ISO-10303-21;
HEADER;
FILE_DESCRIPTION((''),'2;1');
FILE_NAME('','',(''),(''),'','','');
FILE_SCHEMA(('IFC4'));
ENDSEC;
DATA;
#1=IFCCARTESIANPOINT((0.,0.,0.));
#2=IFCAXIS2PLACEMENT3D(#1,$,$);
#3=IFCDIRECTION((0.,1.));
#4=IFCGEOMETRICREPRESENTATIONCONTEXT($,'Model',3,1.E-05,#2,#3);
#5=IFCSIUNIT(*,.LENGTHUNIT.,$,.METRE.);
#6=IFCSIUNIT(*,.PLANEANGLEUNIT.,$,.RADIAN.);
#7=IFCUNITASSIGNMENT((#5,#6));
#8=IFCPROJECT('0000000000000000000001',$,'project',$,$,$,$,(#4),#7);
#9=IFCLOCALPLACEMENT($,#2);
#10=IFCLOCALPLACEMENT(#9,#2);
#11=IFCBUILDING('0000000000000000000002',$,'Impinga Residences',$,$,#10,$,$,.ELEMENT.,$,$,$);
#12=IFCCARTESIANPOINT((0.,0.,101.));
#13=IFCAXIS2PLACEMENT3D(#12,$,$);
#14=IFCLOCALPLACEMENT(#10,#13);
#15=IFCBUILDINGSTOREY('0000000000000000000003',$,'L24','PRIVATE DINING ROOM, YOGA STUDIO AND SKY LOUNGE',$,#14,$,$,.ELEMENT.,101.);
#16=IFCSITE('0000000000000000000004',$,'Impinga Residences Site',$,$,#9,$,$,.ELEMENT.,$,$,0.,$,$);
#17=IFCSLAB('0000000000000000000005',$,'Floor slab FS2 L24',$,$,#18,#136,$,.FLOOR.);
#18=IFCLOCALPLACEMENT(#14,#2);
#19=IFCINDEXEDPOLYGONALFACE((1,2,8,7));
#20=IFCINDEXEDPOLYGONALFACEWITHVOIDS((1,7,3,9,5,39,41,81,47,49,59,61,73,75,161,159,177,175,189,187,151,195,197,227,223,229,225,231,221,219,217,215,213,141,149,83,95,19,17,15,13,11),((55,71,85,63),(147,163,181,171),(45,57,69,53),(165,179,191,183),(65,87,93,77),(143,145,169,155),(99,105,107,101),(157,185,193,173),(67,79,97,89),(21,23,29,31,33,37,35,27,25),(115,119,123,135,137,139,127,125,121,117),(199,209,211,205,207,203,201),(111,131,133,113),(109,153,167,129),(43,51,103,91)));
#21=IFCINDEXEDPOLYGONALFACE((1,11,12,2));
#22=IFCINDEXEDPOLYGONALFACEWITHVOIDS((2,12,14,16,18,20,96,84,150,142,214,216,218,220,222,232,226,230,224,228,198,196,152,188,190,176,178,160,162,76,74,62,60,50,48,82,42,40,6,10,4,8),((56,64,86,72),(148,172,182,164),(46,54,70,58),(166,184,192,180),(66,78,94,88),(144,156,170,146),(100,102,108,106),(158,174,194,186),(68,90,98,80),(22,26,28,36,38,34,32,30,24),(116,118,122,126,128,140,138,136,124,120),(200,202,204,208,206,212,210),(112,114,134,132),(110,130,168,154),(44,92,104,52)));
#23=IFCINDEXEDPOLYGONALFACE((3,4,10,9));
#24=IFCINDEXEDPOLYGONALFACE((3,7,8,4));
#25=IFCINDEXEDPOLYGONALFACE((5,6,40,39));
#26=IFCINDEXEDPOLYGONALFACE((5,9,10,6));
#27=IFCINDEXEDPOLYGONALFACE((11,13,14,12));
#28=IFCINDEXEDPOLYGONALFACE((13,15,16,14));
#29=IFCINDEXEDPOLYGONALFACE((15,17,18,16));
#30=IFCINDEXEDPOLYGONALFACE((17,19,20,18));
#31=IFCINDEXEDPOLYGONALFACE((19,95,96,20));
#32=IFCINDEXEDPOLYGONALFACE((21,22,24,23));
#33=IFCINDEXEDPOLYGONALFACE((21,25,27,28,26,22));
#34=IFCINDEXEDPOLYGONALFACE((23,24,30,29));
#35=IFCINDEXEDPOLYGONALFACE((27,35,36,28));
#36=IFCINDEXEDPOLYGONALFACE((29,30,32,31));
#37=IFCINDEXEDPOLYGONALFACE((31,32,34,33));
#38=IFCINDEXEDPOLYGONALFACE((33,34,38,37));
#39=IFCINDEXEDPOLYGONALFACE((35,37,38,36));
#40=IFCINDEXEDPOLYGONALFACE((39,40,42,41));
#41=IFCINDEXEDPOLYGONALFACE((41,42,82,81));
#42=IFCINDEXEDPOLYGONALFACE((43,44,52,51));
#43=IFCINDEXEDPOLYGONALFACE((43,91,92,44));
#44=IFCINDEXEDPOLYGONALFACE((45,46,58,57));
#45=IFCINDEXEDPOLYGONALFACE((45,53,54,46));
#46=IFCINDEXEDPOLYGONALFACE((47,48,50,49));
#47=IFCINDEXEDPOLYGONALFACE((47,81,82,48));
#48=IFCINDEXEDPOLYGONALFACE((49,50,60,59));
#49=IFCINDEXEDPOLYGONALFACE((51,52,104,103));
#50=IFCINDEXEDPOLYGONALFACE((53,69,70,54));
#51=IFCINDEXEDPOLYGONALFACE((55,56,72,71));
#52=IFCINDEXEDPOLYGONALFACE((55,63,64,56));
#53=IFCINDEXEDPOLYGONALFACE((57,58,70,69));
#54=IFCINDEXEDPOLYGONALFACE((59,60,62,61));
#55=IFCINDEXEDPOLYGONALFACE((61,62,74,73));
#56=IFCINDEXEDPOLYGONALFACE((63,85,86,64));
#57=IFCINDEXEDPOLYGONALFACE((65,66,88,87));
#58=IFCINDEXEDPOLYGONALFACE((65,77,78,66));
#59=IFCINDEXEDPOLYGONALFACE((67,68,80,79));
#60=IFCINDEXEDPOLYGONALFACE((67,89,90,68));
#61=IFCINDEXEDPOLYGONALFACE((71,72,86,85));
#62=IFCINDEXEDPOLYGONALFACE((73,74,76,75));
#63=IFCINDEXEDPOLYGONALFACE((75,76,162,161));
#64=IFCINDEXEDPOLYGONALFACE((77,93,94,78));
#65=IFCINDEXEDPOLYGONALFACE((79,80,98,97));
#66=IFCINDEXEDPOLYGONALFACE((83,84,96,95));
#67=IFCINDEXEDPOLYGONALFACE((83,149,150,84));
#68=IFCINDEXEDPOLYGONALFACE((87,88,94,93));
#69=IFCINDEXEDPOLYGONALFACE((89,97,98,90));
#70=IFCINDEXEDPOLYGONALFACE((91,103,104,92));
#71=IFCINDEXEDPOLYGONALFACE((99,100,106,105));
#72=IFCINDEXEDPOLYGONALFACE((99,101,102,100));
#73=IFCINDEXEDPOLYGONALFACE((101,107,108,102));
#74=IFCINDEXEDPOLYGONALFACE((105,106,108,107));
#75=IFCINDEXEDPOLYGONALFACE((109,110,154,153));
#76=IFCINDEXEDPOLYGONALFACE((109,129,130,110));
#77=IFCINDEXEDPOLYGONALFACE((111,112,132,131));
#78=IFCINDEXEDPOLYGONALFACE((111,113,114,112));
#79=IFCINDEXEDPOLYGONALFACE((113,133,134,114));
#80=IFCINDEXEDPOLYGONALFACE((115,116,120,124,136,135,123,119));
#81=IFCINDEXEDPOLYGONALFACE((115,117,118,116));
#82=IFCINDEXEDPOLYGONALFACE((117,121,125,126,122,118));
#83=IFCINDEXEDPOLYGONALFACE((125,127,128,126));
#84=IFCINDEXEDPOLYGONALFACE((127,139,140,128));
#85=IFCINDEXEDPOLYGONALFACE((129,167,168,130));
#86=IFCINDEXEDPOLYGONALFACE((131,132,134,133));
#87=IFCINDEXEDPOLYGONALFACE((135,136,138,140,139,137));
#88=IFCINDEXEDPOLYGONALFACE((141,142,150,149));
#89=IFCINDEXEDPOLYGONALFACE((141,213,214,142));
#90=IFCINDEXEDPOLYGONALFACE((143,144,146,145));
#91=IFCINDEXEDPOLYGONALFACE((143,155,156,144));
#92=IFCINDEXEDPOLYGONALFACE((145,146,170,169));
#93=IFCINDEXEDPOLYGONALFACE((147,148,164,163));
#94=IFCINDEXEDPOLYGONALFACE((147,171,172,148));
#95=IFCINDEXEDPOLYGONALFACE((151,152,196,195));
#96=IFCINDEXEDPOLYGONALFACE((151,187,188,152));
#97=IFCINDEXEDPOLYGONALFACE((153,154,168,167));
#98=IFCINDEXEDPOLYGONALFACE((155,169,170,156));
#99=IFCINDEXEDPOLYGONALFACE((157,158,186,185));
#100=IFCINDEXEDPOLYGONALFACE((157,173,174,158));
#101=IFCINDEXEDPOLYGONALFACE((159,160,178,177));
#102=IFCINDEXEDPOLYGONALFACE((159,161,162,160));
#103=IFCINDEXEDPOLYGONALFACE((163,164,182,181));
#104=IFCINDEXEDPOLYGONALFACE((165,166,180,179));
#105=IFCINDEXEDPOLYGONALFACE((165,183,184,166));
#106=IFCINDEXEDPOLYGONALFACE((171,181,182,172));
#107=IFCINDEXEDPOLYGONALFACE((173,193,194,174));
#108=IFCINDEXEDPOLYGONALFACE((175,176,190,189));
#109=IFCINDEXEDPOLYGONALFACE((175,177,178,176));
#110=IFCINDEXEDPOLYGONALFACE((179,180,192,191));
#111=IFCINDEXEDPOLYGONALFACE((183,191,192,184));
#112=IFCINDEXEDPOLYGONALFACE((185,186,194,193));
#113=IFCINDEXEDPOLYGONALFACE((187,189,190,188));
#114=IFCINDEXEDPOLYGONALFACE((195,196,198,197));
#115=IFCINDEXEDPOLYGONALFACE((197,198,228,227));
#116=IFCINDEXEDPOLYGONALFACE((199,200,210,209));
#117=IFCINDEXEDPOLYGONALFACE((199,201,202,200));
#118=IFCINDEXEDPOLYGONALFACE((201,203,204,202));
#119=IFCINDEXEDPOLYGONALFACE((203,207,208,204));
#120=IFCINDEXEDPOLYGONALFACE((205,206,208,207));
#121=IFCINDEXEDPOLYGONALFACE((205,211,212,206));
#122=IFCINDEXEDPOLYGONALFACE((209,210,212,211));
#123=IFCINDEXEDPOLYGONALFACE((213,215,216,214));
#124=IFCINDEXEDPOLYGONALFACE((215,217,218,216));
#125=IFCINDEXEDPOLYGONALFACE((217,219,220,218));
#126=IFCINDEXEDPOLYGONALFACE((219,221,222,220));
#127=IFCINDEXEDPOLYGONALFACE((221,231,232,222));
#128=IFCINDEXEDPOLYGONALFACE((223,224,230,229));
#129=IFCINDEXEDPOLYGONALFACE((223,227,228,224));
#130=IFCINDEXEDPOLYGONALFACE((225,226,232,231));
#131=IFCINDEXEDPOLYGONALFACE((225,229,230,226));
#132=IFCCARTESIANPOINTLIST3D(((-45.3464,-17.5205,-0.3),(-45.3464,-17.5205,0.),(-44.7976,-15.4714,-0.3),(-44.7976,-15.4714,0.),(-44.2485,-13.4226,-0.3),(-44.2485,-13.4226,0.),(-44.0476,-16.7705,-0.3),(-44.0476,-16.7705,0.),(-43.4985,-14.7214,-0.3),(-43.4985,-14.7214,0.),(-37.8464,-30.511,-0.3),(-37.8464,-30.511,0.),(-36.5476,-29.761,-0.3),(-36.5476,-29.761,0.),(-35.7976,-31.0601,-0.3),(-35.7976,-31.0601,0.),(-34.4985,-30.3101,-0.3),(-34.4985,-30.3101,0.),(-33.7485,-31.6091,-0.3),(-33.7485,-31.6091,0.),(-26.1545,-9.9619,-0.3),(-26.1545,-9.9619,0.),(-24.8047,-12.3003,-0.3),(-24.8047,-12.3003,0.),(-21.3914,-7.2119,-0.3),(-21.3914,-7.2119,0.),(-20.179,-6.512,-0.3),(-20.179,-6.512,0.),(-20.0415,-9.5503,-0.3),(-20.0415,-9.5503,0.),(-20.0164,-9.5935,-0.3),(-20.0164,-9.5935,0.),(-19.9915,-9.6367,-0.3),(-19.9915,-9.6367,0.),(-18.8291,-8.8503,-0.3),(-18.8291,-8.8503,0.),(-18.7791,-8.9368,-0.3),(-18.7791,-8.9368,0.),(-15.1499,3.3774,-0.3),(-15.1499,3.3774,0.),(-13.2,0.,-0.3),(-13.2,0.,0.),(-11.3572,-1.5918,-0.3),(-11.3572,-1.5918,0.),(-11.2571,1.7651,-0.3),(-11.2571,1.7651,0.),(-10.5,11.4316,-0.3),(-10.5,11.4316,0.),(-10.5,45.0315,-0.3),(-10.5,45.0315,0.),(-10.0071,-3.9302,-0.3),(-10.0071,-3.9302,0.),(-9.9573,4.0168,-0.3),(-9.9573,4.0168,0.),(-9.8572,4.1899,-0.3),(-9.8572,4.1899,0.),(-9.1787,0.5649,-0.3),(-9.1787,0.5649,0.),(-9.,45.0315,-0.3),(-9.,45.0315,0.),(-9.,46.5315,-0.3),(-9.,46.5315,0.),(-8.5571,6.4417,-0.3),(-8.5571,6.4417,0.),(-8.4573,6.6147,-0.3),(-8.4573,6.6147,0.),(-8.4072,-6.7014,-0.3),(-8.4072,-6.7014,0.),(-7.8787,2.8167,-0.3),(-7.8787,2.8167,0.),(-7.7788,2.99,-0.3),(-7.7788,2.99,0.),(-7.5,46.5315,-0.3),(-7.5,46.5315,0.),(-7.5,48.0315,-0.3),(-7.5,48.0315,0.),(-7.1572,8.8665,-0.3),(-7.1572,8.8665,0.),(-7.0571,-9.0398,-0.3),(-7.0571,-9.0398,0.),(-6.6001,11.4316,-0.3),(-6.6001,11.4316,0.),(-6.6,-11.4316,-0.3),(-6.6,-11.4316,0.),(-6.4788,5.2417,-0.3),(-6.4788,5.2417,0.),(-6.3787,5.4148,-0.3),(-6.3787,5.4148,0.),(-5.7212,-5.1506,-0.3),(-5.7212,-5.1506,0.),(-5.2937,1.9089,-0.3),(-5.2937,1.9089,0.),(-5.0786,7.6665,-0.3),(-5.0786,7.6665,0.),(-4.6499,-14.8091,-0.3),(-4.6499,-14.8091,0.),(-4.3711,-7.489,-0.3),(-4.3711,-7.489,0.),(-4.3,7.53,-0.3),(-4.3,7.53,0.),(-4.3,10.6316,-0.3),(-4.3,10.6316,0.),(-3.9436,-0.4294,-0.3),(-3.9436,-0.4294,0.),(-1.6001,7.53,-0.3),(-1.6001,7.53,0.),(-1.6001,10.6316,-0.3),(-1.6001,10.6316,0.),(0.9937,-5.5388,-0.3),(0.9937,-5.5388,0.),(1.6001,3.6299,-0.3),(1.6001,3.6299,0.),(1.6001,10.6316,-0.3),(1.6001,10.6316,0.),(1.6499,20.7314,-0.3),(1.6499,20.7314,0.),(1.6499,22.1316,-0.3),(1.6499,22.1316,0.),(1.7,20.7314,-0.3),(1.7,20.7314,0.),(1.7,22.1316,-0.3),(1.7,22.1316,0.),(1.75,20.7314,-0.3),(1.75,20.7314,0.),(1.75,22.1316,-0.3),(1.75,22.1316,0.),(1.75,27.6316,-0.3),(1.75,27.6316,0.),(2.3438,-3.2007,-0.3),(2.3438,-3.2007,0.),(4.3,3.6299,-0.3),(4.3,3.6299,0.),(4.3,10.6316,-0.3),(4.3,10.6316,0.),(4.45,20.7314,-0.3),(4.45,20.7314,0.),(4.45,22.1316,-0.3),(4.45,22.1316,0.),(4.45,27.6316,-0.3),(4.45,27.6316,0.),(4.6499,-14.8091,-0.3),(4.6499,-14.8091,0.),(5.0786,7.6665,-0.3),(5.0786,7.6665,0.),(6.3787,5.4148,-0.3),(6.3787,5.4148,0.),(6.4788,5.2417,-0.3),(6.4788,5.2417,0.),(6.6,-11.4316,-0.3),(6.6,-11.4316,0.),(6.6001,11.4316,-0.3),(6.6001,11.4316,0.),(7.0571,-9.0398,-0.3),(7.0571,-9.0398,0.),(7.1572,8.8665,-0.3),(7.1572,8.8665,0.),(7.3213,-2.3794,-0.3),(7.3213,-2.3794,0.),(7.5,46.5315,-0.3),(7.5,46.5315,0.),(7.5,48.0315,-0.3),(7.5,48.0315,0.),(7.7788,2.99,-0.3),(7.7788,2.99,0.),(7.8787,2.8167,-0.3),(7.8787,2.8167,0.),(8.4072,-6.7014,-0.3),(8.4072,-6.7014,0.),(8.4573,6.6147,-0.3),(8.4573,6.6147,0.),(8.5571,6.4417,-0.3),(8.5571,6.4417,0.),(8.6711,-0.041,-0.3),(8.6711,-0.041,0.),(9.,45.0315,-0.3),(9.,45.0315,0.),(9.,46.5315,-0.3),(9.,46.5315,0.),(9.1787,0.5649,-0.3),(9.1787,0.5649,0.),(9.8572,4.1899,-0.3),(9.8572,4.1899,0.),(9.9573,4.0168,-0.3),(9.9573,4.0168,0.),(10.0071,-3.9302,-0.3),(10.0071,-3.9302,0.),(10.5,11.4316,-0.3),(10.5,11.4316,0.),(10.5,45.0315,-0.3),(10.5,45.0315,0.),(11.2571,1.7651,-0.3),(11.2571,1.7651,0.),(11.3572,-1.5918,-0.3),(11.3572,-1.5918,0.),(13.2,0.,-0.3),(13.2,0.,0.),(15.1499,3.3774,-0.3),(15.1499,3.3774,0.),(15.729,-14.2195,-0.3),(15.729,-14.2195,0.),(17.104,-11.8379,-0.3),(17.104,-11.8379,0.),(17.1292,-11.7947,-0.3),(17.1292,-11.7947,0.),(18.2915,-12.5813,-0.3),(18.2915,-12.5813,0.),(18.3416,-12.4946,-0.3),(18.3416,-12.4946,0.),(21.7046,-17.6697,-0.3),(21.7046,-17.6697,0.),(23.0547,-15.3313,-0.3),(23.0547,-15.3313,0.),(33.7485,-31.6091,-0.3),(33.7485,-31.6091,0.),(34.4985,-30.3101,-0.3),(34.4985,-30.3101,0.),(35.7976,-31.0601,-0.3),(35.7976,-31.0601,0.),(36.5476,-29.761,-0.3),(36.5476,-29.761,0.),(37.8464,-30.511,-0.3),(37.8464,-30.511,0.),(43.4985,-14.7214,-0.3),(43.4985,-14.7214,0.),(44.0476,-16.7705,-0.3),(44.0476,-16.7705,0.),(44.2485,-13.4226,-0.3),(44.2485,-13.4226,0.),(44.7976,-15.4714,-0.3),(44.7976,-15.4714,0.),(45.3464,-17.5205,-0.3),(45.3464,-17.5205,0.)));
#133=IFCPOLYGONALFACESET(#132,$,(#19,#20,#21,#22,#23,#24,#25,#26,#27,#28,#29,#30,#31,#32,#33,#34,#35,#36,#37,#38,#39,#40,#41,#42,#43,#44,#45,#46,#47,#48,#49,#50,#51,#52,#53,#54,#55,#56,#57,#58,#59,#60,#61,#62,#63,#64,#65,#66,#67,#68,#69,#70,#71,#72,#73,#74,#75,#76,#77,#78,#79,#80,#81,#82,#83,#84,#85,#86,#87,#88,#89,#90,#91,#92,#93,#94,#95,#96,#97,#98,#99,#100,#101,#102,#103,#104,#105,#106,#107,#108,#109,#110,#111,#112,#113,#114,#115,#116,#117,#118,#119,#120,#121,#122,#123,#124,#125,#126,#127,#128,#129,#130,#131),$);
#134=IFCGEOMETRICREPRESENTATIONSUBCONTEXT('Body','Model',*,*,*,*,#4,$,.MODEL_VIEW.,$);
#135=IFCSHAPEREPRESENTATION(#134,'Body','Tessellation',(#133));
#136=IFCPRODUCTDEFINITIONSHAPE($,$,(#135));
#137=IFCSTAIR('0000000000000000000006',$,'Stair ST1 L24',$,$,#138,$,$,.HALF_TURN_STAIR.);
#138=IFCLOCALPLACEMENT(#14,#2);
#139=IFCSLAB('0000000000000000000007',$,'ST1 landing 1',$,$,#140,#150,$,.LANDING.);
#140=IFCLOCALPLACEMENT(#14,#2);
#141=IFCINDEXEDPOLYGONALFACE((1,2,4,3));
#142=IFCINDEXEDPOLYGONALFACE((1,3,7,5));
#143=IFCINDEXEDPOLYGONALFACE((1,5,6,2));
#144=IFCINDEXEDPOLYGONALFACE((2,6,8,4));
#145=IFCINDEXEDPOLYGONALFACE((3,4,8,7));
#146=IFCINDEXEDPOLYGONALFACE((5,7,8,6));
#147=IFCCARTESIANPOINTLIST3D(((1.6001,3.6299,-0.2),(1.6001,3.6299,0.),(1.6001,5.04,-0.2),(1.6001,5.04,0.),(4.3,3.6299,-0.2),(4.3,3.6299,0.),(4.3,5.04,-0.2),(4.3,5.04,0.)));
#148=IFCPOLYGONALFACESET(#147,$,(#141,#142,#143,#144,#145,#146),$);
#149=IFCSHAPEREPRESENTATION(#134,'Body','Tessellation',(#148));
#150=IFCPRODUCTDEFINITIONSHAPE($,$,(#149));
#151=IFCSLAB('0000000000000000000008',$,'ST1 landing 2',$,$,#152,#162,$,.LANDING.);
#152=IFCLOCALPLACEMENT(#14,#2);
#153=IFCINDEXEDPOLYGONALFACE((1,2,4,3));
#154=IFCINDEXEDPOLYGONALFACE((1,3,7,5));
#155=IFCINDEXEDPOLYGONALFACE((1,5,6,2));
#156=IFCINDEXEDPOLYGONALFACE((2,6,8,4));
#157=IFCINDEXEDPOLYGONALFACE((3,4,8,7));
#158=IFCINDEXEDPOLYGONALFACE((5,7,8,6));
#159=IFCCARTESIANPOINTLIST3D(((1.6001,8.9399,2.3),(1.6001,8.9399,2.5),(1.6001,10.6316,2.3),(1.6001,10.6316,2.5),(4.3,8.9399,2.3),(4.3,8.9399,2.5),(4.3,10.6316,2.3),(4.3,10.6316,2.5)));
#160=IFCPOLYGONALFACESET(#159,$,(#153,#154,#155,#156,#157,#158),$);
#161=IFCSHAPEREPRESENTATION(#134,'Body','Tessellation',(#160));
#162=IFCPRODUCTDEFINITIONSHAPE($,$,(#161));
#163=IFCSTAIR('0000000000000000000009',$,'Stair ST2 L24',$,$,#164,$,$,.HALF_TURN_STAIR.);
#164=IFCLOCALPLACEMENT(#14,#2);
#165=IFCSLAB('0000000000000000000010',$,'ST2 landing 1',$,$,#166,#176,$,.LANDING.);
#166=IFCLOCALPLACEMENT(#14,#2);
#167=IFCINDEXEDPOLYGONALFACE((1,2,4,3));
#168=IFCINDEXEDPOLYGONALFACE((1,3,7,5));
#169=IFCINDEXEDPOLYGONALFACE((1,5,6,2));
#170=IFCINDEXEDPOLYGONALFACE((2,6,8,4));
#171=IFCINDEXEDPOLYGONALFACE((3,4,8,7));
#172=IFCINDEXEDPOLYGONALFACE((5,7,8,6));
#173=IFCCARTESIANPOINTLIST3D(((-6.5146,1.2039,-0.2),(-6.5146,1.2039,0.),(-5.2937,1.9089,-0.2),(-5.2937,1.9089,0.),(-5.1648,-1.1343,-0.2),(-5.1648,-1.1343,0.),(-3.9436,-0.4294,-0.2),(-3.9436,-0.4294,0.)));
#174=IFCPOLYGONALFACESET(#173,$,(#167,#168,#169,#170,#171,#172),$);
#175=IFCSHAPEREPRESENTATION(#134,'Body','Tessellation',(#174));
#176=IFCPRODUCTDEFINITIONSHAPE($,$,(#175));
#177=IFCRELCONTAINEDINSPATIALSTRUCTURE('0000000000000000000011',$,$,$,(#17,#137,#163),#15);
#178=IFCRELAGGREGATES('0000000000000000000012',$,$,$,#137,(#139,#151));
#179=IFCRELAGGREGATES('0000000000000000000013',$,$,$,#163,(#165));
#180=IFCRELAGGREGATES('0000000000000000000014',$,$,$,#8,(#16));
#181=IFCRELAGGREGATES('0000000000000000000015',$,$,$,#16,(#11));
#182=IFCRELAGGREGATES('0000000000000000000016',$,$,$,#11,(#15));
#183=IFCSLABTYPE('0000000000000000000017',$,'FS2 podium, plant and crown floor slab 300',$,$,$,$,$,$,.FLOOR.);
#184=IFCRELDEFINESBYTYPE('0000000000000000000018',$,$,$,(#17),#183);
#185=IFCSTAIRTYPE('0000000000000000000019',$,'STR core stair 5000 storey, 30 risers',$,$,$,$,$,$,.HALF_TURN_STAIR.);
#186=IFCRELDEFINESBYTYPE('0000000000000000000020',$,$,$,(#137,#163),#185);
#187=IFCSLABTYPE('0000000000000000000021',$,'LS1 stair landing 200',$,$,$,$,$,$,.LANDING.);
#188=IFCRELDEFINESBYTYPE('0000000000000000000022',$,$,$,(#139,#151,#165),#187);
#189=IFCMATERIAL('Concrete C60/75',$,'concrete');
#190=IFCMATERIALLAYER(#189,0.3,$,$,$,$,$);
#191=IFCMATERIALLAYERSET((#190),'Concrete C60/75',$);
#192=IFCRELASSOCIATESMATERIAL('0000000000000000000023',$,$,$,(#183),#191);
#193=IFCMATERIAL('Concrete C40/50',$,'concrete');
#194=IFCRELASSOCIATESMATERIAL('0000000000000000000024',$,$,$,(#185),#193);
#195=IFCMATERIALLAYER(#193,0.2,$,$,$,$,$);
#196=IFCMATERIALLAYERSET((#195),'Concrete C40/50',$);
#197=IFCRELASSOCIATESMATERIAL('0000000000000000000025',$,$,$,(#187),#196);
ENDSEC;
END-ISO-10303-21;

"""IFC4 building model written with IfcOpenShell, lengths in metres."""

from ifc_helpers import new_model, si_unit, direction, frame, origin, place, context, subcontext, project, spatial, polyline, outline, extrude, material, layer, layer_set, type_object, element, aggregate, save


model = new_model("IFC4")

# Units and contexts
model_context = context("Model", 3, precision=1e-05, world=origin(), true_north=direction((0.0, 1.0)))
body_context = subcontext(model_context, "Body", "Model", "MODEL_VIEW")
ifc_project = project(units=[si_unit("LENGTHUNIT", "METRE"), si_unit("PLANEANGLEUNIT", "RADIAN")], contexts=[model_context])

# Site, building, storey
site_placement = place(None, origin())
site = spatial("IfcSite", under=ifc_project, at=site_placement, Name="Impinga Residences Site", CompositionType="ELEMENT", RefElevation=0.0)
building_placement = place(site_placement, origin())
building = spatial("IfcBuilding", under=site, at=building_placement, Name="Impinga Residences", CompositionType="ELEMENT")
storey_placement = place(building_placement, frame((0.0, 0.0, 101.0)))
storey = spatial("IfcBuildingStorey", under=building, at=storey_placement, Name="L24", Description="PRIVATE DINING ROOM, YOGA STUDIO AND SKY LOUNGE", CompositionType="ELEMENT", Elevation=101.0)

# Slab
ifc_material_1 = material(Name="Concrete C60/75", Category="concrete")
ifc_layer_1 = layer(ifc_material_1, 0.3)
ifc_layer_set_1 = layer_set([ifc_layer_1], Name="Concrete C60/75")
slab_type_1 = type_object("IfcSlabType", Name="FS2 podium, plant and crown floor slab 300", PredefinedType="FLOOR", material=ifc_layer_set_1)
slab_1_placement = place(storey_placement, frame((0.0, 0.0, -0.3)))
element("IfcSlab", 1, at=slab_1_placement, inside=storey, type_object=slab_type_1, Name="Floor slab FS2 L24", PredefinedType="FLOOR", context=body_context, shape_type="SweptSolid", body=[
    extrude(outline(polyline([(-34.4985, -30.3101), (-35.7976, -31.0601), (-36.5476, -29.761), (-37.8464, -30.511), (-45.3464, -17.5205), (-44.0476, -16.7705), (-44.7976, -15.4714), (-43.4985, -14.7214), (-44.2485, -13.4226), (-15.1499, 3.3774), (-13.2, 0.0), (-6.6001, 11.4316), (-10.5, 11.4316), (-10.5, 45.0315), (-9.0, 45.0315), (-9.0, 46.5315), (-7.5, 46.5315), (-7.5, 48.0315), (7.5, 48.0315), (7.5, 46.5315), (9.0, 46.5315), (9.0, 45.0315), (10.5, 45.0315), (10.5, 11.4316), (6.6001, 11.4316), (13.2, 0.0), (15.1499, 3.3774), (44.2485, -13.4226), (43.4985, -14.7214), (44.7976, -15.4714), (44.0476, -16.7705), (45.3464, -17.5205), (37.8464, -30.511), (36.5476, -29.761), (35.7976, -31.0601), (34.4985, -30.3101), (33.7485, -31.6091), (4.6499, -14.8091), (9.9001, -5.7158), (6.6001, -11.4316), (-6.6001, -11.4316), (-9.9001, -5.7158), (-4.6499, -14.8091), (-33.7485, -31.6091), (-34.4985, -30.3101)]), holes=[polyline([(-18.7791, -8.9368), (-18.8291, -8.8503), (-18.8291, -8.8503), (-20.179, -6.512), (-21.3914, -7.2119), (-21.3914, -7.2119), (-26.1545, -9.9619), (-24.8047, -12.3003), (-20.0415, -9.5503), (-20.0164, -9.5935), (-20.0164, -9.5935), (-19.9915, -9.6367), (-18.7791, -8.9368)]), polyline([(-4.3711, -7.489), (-5.7212, -5.1506), (-8.4072, -6.7014), (-7.0571, -9.0398), (-4.3711, -7.489)]), polyline([(-3.9436, -0.4294), (-5.2937, 1.9089), (-11.3572, -1.5918), (-10.0071, -3.9302), (-3.9436, -0.4294)]), polyline([(-7.8787, 2.8167), (-9.9573, 4.0168), (-11.2571, 1.7651), (-9.1787, 0.5649), (-7.8787, 2.8167)]), polyline([(-6.4788, 5.2417), (-8.5571, 6.4417), (-9.8572, 4.1899), (-7.7788, 2.99), (-6.4788, 5.2417)]), polyline([(4.3, 3.6299), (4.3, 10.6316), (1.6001, 10.6316), (1.6001, 3.6299), (4.3, 3.6299)]), polyline([(-6.3787, 5.4148), (-5.0786, 7.6665), (-7.1572, 8.8665), (-8.4573, 6.6147), (-6.3787, 5.4148)]), polyline([(-4.3, 7.53), (-1.6001, 7.53), (-1.6001, 10.6316), (-4.3, 10.6316), (-4.3, 7.53)]), polyline([(4.45, 20.7314), (4.45, 22.1316), (4.45, 27.6316), (1.75, 27.6316), (1.75, 22.1316), (1.7, 22.1316), (1.6499, 22.1316), (1.6499, 20.7314), (1.7, 20.7314), (1.75, 20.7314), (4.45, 20.7314)]), polyline([(15.729, -14.2195), (21.7046, -17.6697), (23.0547, -15.3313), (18.2915, -12.5813), (18.3416, -12.4946), (17.1292, -11.7947), (17.104, -11.8379), (17.104, -11.8379), (15.729, -14.2195)]), polyline([(2.3438, -3.2007), (0.9937, -5.5388), (7.0571, -9.0398), (8.4072, -6.7014), (2.3438, -3.2007)]), polyline([(7.3213, -2.3794), (10.0071, -3.9302), (11.3572, -1.5918), (8.6711, -0.041), (7.3213, -2.3794)]), polyline([(7.8787, 2.8167), (9.1787, 0.5649), (11.2571, 1.7651), (9.9573, 4.0168), (7.8787, 2.8167)]), polyline([(6.4788, 5.2417), (7.7788, 2.99), (9.8572, 4.1899), (8.5571, 6.4417), (6.4788, 5.2417)]), polyline([(6.3787, 5.4148), (8.4573, 6.6147), (7.1572, 8.8665), (5.0786, 7.6665), (6.3787, 5.4148)])]), origin(), (0.0, 0.0, 1.0), 0.3),
])

# Stairs, slabs
ifc_material_2 = material(Name="Concrete C40/50", Category="concrete")
stair_type = type_object("IfcStairType", Name="STR core stair 5000 storey, 30 risers", PredefinedType="HALF_TURN_STAIR", material=ifc_material_2)
stair_1_placement = place(storey_placement, origin())
stair_1 = element("IfcStair", 2, at=stair_1_placement, inside=storey, type_object=stair_type, Name="Stair ST1 L24", PredefinedType="HALF_TURN_STAIR")
ifc_layer_2 = layer(ifc_material_2, 0.2)
ifc_layer_set_2 = layer_set([ifc_layer_2], Name="Concrete C40/50")
slab_type_2 = type_object("IfcSlabType", Name="LS1 stair landing 200", PredefinedType="LANDING", material=ifc_layer_set_2)
slab_2_placement = place(storey_placement, frame((0.0, 0.0, -0.2)))
slab_2 = element("IfcSlab", 3, at=slab_2_placement, type_object=slab_type_2, Name="ST1 landing 1", PredefinedType="LANDING", context=body_context, shape_type="SweptSolid", body=[
    extrude(outline(polyline([(1.6001, 3.6299), (4.3, 3.6299), (4.3, 5.04), (1.6001, 5.04), (1.6001, 3.6299)])), origin(), (0.0, 0.0, 1.0), 0.2),
])
slab_3_placement = place(storey_placement, frame((0.0, 0.0, 2.3)))
slab_3 = element("IfcSlab", 4, at=slab_3_placement, type_object=slab_type_2, Name="ST1 landing 2", PredefinedType="LANDING", context=body_context, shape_type="SweptSolid", body=[
    extrude(outline(polyline([(1.6001, 8.9399), (4.3, 8.9399), (4.3, 10.6316), (1.6001, 10.6316), (1.6001, 8.9399)])), origin(), (0.0, 0.0, 1.0), 0.2),
])
aggregate(stair_1, [slab_2, slab_3])
stair_2_placement = place(storey_placement, origin())
stair_2 = element("IfcStair", 5, at=stair_2_placement, inside=storey, type_object=stair_type, Name="Stair ST2 L24", PredefinedType="HALF_TURN_STAIR")
slab_4_placement = place(storey_placement, frame((0.0, 0.0, -0.2)))
slab_4 = element("IfcSlab", 6, at=slab_4_placement, type_object=slab_type_2, Name="ST2 landing 1", PredefinedType="LANDING", context=body_context, shape_type="SweptSolid", body=[
    extrude(outline(polyline([(-3.9436, -0.4294), (-5.2937, 1.9089), (-6.5146, 1.2039), (-5.1648, -1.1343), (-3.9436, -0.4294)])), origin(), (0.0, 0.0, 1.0), 0.2),
])

aggregate(stair_2, [slab_4])

save(model, "model.ifc")
